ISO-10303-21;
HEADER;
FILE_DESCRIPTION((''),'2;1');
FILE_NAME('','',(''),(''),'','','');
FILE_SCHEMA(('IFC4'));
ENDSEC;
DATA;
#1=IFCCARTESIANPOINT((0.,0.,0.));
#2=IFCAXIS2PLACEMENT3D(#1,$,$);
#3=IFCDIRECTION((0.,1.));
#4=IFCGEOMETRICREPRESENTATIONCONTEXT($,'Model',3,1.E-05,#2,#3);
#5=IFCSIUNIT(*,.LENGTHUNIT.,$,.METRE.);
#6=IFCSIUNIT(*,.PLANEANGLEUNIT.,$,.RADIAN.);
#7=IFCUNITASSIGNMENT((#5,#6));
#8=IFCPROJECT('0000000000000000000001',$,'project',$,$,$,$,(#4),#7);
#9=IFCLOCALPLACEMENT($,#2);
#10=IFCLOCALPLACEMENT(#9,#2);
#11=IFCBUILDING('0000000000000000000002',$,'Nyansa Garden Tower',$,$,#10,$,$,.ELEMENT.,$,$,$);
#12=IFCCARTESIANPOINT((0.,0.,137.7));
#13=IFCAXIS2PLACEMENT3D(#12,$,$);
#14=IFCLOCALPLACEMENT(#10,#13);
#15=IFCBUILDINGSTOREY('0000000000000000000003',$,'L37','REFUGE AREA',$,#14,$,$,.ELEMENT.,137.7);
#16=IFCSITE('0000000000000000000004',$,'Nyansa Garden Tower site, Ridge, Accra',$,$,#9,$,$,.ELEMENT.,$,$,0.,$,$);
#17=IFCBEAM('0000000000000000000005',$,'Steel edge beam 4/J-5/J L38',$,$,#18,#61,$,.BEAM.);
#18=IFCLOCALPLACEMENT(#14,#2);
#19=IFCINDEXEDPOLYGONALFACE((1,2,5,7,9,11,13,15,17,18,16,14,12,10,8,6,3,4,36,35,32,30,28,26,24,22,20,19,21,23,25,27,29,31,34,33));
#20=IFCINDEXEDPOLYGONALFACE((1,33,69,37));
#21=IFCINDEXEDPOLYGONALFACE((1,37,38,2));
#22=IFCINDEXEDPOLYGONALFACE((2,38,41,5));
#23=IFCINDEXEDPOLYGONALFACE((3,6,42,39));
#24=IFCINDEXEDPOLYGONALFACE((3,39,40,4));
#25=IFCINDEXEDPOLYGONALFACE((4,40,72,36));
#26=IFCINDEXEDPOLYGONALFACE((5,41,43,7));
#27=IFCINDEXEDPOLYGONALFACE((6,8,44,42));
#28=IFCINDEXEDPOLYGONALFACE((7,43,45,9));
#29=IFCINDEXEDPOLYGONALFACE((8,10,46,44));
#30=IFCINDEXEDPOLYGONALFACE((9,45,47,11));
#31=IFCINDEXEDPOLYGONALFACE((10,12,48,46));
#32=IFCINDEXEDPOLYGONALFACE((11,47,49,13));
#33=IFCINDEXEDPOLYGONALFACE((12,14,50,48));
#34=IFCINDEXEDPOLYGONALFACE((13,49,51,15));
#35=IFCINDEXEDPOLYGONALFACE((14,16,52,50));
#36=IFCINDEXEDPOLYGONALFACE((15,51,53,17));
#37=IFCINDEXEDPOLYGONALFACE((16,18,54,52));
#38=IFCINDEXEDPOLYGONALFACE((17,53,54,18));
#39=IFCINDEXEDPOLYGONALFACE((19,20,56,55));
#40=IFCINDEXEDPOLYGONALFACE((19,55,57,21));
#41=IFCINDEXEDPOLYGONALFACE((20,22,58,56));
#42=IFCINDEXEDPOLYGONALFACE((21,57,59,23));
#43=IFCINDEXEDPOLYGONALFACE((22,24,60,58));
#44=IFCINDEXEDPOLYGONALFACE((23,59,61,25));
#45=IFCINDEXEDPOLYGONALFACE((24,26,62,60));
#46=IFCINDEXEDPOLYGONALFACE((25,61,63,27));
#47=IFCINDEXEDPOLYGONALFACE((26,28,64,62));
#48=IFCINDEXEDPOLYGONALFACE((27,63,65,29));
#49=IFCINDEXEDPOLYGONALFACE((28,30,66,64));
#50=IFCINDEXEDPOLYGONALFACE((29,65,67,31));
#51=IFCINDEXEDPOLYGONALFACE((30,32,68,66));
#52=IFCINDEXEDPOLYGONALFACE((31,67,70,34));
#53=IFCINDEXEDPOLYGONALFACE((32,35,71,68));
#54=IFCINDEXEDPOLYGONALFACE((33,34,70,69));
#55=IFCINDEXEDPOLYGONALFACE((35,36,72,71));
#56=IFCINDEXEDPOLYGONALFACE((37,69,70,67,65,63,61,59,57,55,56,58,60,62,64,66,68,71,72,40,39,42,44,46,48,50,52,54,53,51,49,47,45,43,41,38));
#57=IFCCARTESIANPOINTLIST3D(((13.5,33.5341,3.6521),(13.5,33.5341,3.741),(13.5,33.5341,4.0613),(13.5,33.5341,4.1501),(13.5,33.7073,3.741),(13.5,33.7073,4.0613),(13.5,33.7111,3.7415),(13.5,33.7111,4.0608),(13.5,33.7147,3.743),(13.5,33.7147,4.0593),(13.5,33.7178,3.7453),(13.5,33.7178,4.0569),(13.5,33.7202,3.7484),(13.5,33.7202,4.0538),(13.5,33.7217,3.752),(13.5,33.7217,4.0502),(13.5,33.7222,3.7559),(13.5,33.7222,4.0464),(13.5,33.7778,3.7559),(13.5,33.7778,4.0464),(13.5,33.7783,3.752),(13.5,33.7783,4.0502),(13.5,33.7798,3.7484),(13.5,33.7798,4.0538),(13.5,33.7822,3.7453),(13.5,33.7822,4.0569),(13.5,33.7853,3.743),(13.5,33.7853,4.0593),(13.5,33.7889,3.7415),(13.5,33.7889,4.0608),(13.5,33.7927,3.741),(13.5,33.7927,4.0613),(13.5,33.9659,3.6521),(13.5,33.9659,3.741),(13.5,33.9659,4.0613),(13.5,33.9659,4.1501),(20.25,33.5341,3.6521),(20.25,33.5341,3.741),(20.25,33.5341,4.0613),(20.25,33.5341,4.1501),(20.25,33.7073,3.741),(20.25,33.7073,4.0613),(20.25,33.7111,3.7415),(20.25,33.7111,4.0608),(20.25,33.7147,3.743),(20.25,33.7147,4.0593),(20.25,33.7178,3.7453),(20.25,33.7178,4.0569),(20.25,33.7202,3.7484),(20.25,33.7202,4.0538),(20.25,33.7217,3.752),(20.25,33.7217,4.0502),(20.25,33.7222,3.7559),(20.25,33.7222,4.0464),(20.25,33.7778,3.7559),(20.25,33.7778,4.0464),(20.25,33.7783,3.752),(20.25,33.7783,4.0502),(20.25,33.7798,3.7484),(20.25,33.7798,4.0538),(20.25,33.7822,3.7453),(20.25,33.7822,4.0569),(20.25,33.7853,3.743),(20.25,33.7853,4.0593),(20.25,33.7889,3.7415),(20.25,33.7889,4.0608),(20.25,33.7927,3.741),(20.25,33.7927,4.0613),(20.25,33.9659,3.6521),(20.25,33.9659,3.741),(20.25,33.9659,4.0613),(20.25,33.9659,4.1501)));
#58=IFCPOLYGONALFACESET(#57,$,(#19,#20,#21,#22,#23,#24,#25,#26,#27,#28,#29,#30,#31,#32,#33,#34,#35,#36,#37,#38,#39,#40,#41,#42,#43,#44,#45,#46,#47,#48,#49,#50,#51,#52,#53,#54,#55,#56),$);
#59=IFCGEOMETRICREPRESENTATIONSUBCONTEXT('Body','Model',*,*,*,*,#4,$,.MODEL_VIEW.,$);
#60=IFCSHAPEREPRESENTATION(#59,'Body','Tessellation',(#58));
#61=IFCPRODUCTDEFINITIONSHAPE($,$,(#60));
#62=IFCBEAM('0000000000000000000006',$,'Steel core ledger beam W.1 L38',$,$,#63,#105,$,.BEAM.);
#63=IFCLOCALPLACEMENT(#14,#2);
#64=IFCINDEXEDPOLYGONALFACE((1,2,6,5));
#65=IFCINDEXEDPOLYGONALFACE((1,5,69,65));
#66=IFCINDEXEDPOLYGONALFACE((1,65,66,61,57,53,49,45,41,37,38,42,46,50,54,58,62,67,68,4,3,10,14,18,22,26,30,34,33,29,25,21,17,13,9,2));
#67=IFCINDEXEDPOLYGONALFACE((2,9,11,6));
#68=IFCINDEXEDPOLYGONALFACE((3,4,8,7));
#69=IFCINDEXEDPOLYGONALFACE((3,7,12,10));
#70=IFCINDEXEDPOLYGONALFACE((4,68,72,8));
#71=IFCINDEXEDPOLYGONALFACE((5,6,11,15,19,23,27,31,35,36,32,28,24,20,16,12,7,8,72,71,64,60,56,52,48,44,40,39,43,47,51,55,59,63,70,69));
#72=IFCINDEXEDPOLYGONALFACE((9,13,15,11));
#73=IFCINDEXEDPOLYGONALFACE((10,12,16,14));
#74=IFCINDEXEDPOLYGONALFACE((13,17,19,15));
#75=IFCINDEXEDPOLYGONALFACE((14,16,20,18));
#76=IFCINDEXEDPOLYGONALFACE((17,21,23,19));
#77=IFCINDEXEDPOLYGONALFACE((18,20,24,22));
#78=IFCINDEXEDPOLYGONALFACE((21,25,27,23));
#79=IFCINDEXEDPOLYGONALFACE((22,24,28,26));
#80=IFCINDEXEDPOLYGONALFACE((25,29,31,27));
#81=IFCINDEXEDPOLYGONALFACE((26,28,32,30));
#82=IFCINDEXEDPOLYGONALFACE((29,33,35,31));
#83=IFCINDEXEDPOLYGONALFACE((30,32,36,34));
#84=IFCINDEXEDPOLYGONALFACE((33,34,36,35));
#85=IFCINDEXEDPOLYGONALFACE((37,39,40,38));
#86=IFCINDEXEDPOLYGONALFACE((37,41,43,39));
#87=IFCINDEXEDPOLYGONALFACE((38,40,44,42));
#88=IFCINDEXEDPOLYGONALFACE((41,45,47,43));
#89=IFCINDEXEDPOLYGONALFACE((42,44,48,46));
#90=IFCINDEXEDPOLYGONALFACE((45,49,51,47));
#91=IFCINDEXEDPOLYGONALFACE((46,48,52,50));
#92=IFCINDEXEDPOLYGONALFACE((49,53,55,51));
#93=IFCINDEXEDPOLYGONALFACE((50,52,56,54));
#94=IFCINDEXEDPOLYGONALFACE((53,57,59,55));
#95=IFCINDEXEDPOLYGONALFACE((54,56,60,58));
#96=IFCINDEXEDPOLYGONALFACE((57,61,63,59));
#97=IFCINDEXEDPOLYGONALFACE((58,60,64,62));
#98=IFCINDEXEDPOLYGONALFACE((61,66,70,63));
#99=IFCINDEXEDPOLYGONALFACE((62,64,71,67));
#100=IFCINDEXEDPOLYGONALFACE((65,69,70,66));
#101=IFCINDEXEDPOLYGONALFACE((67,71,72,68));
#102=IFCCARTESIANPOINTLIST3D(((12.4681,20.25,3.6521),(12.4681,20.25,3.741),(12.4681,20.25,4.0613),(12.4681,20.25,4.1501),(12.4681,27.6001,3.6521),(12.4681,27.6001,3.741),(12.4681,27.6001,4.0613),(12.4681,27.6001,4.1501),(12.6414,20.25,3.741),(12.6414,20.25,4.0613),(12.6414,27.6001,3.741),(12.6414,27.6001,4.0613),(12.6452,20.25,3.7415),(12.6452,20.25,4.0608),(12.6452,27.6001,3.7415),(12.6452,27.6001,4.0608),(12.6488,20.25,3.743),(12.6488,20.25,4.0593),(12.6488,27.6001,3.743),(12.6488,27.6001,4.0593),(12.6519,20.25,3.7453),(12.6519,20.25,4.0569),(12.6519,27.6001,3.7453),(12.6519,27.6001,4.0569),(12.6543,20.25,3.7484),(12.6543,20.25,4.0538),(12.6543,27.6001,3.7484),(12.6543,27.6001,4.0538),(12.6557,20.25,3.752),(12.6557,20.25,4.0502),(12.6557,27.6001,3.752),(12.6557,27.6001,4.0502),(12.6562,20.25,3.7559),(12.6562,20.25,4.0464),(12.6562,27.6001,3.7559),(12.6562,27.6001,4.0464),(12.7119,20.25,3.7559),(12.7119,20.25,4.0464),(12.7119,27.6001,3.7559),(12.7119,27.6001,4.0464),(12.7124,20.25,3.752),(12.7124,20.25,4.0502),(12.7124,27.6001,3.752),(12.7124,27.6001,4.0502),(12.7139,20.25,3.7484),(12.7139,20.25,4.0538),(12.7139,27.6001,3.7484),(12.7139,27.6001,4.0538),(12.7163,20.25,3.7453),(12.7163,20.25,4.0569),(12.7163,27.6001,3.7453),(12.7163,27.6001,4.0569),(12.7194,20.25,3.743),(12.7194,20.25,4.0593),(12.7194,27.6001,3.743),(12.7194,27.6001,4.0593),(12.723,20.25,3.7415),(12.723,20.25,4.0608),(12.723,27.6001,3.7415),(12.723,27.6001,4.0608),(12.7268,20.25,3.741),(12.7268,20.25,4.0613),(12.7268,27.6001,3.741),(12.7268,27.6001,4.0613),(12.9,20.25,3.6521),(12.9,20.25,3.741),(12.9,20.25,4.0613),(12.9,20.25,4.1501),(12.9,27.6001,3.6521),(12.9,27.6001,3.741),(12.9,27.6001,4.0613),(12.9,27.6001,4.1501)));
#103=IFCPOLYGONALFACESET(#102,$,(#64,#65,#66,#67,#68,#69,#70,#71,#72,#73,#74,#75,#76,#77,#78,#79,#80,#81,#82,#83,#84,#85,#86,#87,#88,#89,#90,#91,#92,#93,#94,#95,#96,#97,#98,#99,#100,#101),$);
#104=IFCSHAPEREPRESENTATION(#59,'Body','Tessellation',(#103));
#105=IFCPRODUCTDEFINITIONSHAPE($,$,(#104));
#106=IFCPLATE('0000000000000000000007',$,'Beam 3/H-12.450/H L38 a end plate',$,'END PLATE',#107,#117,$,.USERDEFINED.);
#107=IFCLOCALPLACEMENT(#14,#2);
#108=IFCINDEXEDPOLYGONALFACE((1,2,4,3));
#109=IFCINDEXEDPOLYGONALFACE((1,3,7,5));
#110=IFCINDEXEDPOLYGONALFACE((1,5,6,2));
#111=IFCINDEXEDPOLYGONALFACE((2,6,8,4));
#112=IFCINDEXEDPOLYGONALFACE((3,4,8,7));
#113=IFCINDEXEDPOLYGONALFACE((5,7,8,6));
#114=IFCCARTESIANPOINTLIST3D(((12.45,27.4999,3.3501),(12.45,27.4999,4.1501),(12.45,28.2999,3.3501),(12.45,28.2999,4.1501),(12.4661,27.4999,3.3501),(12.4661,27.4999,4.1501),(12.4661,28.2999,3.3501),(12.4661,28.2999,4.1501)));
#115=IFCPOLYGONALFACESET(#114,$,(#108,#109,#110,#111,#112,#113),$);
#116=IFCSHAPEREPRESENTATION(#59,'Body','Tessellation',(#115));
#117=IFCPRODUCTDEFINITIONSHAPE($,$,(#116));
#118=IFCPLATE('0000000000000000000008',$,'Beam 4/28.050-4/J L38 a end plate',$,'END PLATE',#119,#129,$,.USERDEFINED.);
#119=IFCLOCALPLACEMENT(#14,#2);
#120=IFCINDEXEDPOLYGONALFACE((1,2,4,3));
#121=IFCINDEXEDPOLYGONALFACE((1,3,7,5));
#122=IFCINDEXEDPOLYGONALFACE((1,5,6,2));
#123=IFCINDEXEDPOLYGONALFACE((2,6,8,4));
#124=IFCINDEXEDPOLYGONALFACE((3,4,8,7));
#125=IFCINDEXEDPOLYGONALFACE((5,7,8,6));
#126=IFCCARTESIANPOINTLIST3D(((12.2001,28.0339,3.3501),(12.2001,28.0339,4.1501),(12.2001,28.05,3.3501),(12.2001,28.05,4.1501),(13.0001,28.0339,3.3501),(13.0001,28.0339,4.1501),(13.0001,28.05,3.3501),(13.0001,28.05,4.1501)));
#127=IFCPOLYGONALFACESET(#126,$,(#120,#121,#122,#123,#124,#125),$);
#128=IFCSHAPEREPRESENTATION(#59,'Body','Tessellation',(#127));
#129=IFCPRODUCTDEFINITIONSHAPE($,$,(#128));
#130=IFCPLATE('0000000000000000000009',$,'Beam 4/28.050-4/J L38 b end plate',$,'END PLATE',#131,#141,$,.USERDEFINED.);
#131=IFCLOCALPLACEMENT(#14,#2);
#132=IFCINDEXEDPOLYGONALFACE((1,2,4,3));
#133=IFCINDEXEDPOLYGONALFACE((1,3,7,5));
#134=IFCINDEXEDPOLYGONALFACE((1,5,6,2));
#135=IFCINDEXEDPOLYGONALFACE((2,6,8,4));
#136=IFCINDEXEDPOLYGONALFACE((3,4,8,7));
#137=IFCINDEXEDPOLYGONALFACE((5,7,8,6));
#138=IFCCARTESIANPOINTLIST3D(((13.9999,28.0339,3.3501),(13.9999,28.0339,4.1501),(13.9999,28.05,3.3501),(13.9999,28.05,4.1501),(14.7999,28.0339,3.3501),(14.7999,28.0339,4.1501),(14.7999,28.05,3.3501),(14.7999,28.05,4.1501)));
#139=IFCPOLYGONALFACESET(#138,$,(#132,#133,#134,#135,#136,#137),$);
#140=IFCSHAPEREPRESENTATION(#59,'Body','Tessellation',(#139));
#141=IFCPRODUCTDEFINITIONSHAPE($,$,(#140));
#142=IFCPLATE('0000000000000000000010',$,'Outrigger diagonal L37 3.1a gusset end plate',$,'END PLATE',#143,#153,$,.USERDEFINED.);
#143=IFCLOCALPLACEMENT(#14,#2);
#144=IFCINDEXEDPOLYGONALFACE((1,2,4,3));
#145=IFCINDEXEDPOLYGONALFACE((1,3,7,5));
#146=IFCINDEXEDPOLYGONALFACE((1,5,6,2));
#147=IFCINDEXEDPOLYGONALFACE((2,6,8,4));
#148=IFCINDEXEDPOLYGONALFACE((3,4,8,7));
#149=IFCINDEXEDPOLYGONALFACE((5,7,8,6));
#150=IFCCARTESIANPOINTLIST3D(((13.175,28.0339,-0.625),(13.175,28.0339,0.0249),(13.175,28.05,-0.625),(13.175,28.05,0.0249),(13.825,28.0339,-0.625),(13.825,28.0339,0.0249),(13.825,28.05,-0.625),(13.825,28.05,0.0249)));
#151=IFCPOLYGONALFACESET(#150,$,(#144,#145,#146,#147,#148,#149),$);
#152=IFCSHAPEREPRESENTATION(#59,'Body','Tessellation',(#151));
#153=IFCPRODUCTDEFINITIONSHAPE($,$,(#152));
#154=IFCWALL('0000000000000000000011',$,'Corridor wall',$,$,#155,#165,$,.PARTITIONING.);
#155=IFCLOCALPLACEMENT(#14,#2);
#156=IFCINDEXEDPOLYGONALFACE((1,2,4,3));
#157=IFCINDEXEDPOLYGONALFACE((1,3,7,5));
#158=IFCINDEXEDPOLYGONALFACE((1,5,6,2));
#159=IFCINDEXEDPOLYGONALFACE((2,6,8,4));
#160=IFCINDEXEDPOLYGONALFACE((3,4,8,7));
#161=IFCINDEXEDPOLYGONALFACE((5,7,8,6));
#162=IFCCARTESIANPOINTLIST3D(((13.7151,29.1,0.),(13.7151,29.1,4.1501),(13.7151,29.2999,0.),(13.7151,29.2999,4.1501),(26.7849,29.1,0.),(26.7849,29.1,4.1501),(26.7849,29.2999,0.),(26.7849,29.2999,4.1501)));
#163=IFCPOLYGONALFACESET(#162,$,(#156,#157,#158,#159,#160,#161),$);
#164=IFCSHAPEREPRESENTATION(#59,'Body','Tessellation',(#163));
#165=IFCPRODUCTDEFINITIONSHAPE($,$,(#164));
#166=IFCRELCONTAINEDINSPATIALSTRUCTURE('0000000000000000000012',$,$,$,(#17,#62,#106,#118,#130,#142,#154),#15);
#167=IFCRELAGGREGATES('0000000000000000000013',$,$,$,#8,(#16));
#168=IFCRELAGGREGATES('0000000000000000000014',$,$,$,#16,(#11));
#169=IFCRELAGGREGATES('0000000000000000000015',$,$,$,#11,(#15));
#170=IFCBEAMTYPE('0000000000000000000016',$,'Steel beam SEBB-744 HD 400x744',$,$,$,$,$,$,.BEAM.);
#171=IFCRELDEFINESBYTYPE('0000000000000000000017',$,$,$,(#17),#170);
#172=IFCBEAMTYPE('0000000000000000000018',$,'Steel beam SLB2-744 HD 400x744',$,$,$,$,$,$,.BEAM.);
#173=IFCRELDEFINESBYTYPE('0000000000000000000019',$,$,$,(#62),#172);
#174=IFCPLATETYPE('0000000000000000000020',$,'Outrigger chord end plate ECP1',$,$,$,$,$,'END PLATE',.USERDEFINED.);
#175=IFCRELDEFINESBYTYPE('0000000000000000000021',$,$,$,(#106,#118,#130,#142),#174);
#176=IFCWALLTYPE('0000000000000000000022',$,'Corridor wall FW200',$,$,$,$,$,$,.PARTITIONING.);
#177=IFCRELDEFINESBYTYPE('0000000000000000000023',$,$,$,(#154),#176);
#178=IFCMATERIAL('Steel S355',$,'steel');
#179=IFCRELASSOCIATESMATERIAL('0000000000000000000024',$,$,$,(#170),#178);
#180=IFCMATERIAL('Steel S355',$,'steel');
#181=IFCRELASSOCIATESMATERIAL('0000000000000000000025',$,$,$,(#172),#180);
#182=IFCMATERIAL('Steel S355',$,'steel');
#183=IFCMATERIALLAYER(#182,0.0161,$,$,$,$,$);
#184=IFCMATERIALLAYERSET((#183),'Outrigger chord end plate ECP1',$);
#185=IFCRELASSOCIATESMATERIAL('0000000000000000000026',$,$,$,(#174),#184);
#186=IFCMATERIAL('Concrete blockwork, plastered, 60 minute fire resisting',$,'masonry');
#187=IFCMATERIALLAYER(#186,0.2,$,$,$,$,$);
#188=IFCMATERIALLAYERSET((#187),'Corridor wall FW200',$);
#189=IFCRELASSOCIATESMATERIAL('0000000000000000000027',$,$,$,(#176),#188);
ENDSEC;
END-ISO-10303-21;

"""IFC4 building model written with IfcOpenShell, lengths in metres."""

from ifc_helpers import new_model, si_unit, direction, frame, frame_2d, origin, origin_2d, place, context, subcontext, project, spatial, rectangle, i_section, extrude, material, layer, layer_set, material_profile, profile_set, type_object, element, save


model = new_model("IFC4")

# Units and contexts
model_context = context("Model", 3, precision=1e-05, world=origin(), true_north=direction((0.0, 1.0)))
body_context = subcontext(model_context, "Body", "Model", "MODEL_VIEW")
ifc_project = project(units=[si_unit("LENGTHUNIT", "METRE"), si_unit("PLANEANGLEUNIT", "RADIAN")], contexts=[model_context])

# Site, building, storey
site_placement = place(None, origin())
site = spatial("IfcSite", under=ifc_project, at=site_placement, Name="Nyansa Garden Tower site, Ridge, Accra", CompositionType="ELEMENT", RefElevation=0.0)
building_placement = place(site_placement, origin())
building = spatial("IfcBuilding", under=site, at=building_placement, Name="Nyansa Garden Tower", CompositionType="ELEMENT")
storey_placement = place(building_placement, frame((0.0, 0.0, 137.7)))
storey = spatial("IfcBuildingStorey", under=building, at=storey_placement, Name="L37", Description="REFUGE AREA", CompositionType="ELEMENT", Elevation=137.7)

# Beams
ifc_material_1 = material(Name="Steel S355", Category="steel")
ifc_material_profile_1 = material_profile(ifc_material_1, i_section(OverallWidth=0.4319, OverallDepth=0.498, WebThickness=0.0557, FlangeThickness=0.0889, FilletRadius=0.0149, at=origin_2d()), Name="HD 400x744")
ifc_profile_set_1 = profile_set([ifc_material_profile_1], Name="Steel S355")
beam_type_1 = type_object("IfcBeamType", Name="Steel beam SEBB-744 HD 400x744", PredefinedType="BEAM", material=ifc_profile_set_1)
beam_1_placement = place(storey_placement, frame((13.5, 33.75, 3.9011), z_axis=(1.0, 0.0, 0.0), x_axis=(0.0, 1.0, 0.0)))
element("IfcBeam", 1, at=beam_1_placement, inside=storey, type_object=beam_type_1, Name="Steel edge beam 4/J-5/J L38", PredefinedType="BEAM", context=body_context, shape_type="SweptSolid", body=[
    extrude(i_section(OverallWidth=0.4319, OverallDepth=0.498, WebThickness=0.0557, FlangeThickness=0.0889, FilletRadius=0.0149, at=origin_2d()), origin(), (0.0, 0.0, 1.0), 6.75),
])
ifc_material_2 = material(Name="Steel S355", Category="steel")
ifc_material_profile_2 = material_profile(ifc_material_2, i_section(OverallWidth=0.4319, OverallDepth=0.498, WebThickness=0.0557, FlangeThickness=0.0889, FilletRadius=0.0149, at=origin_2d()), Name="HD 400x744")
ifc_profile_set_2 = profile_set([ifc_material_profile_2], Name="Steel S355")
beam_type_2 = type_object("IfcBeamType", Name="Steel beam SLB2-744 HD 400x744", PredefinedType="BEAM", material=ifc_profile_set_2)
beam_2_placement = place(storey_placement, frame((12.6841, 27.6001, 3.9011), z_axis=(0.0, -1.0, 0.0), x_axis=(1.0, 0.0, 0.0)))
element("IfcBeam", 2, at=beam_2_placement, inside=storey, type_object=beam_type_2, Name="Steel core ledger beam W.1 L38", PredefinedType="BEAM", context=body_context, shape_type="SweptSolid", body=[
    extrude(i_section(OverallWidth=0.4319, OverallDepth=0.498, WebThickness=0.0557, FlangeThickness=0.0889, FilletRadius=0.0149, at=origin_2d()), origin(), (0.0, 0.0, 1.0), 7.3501),
])

# Plates
ifc_material_3 = material(Name="Steel S355", Category="steel")
ifc_layer_1 = layer(ifc_material_3, 0.0161)
ifc_layer_set_1 = layer_set([ifc_layer_1], Name="Outrigger chord end plate ECP1")
plate_type = type_object("IfcPlateType", Name="Outrigger chord end plate ECP1", ElementType="END PLATE", PredefinedType="USERDEFINED", material=ifc_layer_set_1)
plate_1_placement = place(storey_placement, frame((12.458, 27.8999, 3.3501), z_axis=(0.0, 0.0, 1.0), x_axis=(1.0, 0.0, 0.0)))
element("IfcPlate", 3, at=plate_1_placement, inside=storey, type_object=plate_type, Name="Beam 3/H-12.450/H L38 a end plate", ObjectType="END PLATE", PredefinedType="USERDEFINED", context=body_context, shape_type="SweptSolid", body=[
    extrude(rectangle(XDim=0.0161, YDim=0.8, at=origin_2d()), origin(), (0.0, 0.0, 1.0), 0.8),
])
for number, where, z_axis, x_axis, name in (
    (4, (12.6001, 28.042, 3.3501), (0.0, 0.0, 1.0), (1.0, 0.0, 0.0), "Beam 4/28.050-4/J L38 a end plate"),
    (5, (14.3999, 28.042, 3.3501), (0.0, 0.0, 1.0), (1.0, 0.0, 0.0), "Beam 4/28.050-4/J L38 b end plate"),
):
    element("IfcPlate", number, at=place(storey_placement, frame(where, z_axis=z_axis, x_axis=x_axis)), inside=storey, type_object=plate_type, Name=name, ObjectType="END PLATE", PredefinedType="USERDEFINED", context=body_context, shape_type="SweptSolid", body=[
        extrude(rectangle(XDim=0.8, YDim=0.0161, at=origin_2d()), origin(), (0.0, 0.0, 1.0), 0.8),
    ])
plate_2_placement = place(storey_placement, frame((13.5, 28.042, -0.625), z_axis=(0.0, 0.0, 1.0), x_axis=(1.0, 0.0, 0.0)))
element("IfcPlate", 6, at=plate_2_placement, inside=storey, type_object=plate_type, Name="Outrigger diagonal L37 3.1a gusset end plate", ObjectType="END PLATE", PredefinedType="USERDEFINED", context=body_context, shape_type="SweptSolid", body=[
    extrude(rectangle(XDim=0.6499, YDim=0.0161, at=origin_2d()), origin(), (0.0, 0.0, 1.0), 0.6499),
])

# Wall
ifc_material_4 = material(Name="Concrete blockwork, plastered, 60 minute fire resisting", Category="masonry")
ifc_layer_2 = layer(ifc_material_4, 0.2)
ifc_layer_set_2 = layer_set([ifc_layer_2], Name="Corridor wall FW200")
wall_type = type_object("IfcWallType", Name="Corridor wall FW200", PredefinedType="PARTITIONING", material=ifc_layer_set_2)
wall_placement = place(storey_placement, frame((13.7151, 29.2, 0.0), z_axis=(0.0, 0.0, 1.0), x_axis=(1.0, 0.0, 0.0)))
element("IfcWall", 7, at=wall_placement, inside=storey, type_object=wall_type, Name="Corridor wall", PredefinedType="PARTITIONING", context=body_context, shape_type="SweptSolid", body=[
    extrude(rectangle(XDim=13.0698, YDim=0.2, at=frame_2d((6.5349, 0.0))), origin(), (0.0, 0.0, 1.0), 4.1501),
])

save(model, "model.ifc")
